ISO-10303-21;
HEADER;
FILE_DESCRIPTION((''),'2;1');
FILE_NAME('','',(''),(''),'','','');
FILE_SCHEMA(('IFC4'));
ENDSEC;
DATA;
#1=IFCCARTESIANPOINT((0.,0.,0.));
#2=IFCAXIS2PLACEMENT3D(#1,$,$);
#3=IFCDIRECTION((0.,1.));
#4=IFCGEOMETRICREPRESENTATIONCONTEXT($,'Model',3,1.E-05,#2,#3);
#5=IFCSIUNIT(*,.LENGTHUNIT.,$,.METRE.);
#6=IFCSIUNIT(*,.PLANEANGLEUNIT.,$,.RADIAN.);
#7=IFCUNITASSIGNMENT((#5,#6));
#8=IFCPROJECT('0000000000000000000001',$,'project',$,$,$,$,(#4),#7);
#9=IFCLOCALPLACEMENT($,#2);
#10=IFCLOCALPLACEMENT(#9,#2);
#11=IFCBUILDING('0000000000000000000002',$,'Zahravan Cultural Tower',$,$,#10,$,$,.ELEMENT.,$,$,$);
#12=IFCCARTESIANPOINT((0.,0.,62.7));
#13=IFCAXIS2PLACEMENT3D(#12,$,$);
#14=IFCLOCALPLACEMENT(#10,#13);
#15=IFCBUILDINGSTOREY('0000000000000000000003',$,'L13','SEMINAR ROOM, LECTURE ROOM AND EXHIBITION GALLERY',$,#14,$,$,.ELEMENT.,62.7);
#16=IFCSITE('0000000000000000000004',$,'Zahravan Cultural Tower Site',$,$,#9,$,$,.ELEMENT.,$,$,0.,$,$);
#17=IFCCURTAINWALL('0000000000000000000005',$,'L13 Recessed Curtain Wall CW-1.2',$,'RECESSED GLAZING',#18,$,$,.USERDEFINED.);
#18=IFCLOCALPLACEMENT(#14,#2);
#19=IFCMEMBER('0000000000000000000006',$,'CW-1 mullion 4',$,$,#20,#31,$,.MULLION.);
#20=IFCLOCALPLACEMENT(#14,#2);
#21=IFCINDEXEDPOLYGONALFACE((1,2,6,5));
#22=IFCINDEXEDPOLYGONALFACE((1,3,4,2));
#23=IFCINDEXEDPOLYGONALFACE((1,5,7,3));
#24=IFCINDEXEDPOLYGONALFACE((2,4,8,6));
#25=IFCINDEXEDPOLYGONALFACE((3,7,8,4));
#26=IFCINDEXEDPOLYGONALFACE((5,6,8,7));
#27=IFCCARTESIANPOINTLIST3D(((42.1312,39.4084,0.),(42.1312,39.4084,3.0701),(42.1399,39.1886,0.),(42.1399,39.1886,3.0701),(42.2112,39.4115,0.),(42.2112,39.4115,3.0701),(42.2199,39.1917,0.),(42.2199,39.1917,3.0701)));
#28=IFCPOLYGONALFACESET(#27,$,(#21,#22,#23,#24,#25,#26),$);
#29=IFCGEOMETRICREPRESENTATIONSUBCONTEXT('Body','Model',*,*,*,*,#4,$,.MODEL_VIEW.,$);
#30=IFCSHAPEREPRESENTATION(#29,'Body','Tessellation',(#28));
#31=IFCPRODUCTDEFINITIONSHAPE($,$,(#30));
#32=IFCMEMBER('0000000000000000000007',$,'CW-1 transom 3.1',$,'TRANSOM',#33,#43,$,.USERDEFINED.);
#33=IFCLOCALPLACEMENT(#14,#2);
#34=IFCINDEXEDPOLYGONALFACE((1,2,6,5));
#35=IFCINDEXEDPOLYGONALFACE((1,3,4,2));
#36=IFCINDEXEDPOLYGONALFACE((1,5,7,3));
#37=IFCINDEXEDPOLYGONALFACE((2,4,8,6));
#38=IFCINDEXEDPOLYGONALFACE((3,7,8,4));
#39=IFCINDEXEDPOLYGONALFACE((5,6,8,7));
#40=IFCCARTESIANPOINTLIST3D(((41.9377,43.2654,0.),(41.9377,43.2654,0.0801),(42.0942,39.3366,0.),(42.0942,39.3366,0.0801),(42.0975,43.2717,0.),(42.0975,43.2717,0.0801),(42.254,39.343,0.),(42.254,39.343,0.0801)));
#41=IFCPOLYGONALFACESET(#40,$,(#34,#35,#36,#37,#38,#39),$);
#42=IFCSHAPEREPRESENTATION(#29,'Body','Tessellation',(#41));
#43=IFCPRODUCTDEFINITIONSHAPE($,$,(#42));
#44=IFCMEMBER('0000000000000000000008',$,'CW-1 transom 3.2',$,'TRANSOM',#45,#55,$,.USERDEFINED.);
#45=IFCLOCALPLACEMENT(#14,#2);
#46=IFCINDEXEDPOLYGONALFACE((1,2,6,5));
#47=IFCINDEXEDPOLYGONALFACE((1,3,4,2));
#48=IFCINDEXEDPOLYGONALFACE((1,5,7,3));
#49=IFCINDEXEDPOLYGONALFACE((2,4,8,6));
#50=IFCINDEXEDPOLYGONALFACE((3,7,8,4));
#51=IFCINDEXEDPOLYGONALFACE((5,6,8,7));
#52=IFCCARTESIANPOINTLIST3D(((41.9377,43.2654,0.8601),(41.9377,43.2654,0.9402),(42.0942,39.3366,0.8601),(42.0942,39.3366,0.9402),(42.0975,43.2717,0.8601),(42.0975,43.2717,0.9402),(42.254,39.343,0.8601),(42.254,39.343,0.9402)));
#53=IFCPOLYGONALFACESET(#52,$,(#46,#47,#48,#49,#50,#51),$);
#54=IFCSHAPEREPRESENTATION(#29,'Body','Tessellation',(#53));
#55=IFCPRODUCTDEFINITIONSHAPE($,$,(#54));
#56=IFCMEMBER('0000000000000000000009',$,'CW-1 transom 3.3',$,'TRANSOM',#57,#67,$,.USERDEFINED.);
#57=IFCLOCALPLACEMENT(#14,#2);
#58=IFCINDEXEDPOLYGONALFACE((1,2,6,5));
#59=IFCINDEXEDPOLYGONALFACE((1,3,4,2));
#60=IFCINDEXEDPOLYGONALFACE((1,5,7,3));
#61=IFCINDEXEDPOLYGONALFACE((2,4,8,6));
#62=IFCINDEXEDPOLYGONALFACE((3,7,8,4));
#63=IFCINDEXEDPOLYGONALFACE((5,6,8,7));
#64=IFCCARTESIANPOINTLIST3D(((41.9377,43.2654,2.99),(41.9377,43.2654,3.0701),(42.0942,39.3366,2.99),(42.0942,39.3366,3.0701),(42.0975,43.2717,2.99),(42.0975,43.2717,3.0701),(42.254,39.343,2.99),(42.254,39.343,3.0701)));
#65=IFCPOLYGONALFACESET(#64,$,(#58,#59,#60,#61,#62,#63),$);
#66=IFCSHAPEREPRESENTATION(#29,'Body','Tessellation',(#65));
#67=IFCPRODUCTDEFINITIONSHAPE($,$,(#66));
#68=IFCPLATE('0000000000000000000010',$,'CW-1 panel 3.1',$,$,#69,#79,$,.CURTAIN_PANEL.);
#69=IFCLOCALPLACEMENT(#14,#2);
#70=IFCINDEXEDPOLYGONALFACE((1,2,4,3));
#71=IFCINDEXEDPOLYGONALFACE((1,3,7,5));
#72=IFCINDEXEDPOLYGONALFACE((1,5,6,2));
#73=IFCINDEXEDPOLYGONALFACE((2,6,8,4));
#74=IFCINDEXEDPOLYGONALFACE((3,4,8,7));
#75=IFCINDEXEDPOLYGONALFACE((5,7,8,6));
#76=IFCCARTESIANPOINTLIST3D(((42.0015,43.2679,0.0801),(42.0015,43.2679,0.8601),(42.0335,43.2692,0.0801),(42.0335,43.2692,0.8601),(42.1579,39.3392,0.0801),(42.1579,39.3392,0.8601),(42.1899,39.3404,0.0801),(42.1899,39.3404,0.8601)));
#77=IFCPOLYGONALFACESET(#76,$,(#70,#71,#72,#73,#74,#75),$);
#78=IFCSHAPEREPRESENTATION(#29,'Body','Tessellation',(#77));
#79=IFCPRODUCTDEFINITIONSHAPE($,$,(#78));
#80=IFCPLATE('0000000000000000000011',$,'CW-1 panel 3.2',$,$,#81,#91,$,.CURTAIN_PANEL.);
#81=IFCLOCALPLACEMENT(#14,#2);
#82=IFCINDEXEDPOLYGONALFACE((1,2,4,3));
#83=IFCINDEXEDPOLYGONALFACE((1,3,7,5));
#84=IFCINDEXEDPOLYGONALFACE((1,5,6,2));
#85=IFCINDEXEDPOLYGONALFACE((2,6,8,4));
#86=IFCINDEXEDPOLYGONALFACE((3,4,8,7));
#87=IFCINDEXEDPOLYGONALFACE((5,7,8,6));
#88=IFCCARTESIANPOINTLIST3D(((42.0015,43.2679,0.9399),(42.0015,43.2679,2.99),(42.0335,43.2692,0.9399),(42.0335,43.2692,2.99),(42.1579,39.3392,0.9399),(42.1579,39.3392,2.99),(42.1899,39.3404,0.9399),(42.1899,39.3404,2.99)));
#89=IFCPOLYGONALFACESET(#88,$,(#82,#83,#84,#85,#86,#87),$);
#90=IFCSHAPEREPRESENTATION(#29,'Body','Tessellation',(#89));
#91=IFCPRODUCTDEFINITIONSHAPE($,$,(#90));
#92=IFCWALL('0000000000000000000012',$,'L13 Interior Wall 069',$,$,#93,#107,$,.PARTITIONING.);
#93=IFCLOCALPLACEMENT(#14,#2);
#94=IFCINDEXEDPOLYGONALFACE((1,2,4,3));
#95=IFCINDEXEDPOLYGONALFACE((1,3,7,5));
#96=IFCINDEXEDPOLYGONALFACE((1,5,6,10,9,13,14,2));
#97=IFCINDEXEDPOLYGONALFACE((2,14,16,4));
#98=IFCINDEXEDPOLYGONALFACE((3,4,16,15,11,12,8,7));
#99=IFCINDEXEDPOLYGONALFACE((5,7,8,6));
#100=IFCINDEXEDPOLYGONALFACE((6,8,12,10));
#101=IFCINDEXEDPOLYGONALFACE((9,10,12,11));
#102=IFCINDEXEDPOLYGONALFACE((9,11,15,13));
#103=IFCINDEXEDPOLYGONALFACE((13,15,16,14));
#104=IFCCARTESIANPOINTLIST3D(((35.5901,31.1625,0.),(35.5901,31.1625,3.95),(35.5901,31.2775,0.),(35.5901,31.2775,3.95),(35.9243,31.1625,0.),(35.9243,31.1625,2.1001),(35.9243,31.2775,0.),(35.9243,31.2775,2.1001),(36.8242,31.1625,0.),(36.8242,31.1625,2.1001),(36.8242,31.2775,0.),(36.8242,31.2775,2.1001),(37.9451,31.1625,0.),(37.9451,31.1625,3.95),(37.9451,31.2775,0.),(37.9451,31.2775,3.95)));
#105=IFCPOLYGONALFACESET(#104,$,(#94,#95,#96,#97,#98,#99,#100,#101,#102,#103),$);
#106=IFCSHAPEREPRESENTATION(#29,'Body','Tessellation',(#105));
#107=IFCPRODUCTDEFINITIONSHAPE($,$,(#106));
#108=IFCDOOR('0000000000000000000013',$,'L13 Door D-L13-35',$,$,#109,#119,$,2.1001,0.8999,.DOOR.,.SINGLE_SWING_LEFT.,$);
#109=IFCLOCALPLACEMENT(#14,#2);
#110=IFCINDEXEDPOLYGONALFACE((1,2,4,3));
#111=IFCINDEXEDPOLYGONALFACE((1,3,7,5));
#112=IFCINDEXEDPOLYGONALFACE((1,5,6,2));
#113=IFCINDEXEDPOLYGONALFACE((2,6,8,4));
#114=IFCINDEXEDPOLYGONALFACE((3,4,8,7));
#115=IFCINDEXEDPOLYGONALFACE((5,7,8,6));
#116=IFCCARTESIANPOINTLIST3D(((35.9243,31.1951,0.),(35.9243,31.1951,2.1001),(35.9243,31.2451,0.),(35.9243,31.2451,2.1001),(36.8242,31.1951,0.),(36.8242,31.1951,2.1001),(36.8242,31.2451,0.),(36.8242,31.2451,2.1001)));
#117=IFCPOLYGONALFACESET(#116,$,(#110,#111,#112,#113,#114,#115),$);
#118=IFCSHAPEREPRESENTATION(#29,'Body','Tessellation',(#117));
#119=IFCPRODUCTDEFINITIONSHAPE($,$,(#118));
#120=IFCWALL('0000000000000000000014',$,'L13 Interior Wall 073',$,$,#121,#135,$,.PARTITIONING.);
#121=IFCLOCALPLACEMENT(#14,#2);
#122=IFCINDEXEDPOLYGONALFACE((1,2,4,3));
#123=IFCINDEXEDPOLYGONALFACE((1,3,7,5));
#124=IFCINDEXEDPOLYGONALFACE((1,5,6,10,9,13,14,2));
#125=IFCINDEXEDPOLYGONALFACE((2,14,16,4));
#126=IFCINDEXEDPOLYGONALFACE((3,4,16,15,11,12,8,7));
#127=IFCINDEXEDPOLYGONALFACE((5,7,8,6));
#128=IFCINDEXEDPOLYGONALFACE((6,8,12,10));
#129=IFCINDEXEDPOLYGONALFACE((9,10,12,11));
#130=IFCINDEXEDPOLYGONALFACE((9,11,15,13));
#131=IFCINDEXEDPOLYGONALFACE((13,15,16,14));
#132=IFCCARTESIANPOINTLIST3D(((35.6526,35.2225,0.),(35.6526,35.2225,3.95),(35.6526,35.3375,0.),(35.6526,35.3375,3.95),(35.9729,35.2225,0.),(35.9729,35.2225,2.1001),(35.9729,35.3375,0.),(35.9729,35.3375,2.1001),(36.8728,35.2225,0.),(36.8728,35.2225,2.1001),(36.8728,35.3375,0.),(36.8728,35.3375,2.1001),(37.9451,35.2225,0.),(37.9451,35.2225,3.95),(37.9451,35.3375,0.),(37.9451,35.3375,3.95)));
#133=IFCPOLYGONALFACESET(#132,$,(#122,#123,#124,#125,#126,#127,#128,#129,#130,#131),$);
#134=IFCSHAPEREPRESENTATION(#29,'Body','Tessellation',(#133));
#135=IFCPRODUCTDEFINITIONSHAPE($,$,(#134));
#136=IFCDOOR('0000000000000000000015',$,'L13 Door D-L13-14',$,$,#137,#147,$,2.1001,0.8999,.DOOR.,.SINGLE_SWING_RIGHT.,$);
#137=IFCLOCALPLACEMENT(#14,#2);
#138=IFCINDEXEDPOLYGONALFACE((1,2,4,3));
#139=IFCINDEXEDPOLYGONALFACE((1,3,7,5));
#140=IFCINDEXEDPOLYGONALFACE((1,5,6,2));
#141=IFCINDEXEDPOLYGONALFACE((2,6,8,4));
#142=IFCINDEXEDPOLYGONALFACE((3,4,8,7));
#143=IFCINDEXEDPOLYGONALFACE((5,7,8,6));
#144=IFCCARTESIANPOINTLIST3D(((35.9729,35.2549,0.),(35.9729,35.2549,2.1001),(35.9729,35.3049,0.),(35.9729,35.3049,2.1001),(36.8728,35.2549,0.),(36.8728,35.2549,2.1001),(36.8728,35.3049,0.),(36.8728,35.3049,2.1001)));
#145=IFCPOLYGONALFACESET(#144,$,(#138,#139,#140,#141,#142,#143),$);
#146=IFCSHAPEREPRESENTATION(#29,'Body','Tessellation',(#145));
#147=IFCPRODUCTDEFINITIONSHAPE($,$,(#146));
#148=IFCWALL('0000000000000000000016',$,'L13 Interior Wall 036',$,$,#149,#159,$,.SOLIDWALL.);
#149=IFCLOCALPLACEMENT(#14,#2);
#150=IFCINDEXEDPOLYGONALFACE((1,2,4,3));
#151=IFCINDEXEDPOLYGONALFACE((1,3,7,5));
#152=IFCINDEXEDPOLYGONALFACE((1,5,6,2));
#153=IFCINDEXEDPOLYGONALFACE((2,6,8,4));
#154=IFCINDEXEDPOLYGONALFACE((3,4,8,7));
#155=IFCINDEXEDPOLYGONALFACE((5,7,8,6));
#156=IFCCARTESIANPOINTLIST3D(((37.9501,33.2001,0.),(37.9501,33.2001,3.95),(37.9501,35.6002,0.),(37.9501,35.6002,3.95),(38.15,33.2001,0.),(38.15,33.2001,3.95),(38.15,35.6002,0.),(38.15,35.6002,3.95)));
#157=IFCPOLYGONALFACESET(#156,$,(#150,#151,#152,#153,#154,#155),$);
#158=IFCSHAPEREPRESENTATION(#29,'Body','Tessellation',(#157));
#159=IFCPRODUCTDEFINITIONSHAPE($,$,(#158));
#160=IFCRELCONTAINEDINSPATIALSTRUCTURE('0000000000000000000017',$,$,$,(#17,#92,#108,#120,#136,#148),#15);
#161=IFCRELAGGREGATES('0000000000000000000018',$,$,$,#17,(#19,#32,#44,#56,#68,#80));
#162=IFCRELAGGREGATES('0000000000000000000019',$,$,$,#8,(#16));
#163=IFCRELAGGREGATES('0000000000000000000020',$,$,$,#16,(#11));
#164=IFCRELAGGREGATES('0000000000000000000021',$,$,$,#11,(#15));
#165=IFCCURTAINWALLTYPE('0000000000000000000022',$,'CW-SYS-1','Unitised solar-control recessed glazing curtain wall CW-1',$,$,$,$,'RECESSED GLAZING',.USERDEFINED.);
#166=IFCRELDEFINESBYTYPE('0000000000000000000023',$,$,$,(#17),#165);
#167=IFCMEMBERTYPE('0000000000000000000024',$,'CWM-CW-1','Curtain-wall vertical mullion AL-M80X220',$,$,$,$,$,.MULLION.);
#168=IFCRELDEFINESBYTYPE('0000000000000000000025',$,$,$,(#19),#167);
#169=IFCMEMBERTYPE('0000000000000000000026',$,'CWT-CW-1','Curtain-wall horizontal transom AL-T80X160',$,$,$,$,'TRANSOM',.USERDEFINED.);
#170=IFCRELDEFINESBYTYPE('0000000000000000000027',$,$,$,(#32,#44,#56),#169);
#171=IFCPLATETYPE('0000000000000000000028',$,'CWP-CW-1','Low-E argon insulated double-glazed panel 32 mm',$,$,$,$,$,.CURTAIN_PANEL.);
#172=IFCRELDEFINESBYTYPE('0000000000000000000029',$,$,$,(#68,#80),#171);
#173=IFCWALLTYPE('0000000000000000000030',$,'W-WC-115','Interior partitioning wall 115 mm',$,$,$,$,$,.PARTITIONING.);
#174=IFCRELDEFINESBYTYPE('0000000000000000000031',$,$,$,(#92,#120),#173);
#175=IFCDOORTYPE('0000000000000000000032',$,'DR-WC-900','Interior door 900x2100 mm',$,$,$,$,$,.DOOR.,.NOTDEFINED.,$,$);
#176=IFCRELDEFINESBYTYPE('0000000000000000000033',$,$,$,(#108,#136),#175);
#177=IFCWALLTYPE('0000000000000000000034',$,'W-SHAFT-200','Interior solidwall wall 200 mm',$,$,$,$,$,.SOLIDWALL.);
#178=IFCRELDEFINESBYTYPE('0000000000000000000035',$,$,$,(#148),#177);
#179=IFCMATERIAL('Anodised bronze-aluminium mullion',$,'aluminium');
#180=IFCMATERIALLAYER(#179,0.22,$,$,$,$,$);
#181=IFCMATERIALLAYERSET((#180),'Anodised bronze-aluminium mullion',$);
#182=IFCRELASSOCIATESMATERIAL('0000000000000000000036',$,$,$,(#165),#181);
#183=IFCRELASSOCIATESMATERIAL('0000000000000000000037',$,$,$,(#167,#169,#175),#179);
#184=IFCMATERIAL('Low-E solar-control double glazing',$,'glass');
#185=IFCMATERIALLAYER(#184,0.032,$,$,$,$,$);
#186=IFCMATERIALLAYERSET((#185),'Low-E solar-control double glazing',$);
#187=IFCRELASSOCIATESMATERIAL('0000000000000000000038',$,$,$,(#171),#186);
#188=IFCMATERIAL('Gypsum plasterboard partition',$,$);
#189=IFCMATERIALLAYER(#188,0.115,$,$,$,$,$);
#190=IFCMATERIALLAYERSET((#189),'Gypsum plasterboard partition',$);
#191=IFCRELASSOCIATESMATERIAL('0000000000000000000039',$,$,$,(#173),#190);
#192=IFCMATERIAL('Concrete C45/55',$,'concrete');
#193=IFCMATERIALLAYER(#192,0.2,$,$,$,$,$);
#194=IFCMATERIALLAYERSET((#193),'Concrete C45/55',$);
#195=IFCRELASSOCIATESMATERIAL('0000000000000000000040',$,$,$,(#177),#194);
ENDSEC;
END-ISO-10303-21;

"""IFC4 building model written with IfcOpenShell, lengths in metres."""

from ifc_helpers import new_model, si_unit, direction, frame, frame_2d, origin, origin_2d, place, context, subcontext, project, spatial, rectangle, extrude, source, transform, mapped, material, layer, layer_set, material_profile, profile_set, type_object, element, fill, aggregate, save


model = new_model("IFC4")

# Units and contexts
model_context = context("Model", 3, precision=1e-05, world=origin(), true_north=direction((0.0, 1.0)))
body_context = subcontext(model_context, "Body", "Model", "MODEL_VIEW")
ifc_project = project(units=[si_unit("LENGTHUNIT", "METRE"), si_unit("PLANEANGLEUNIT", "RADIAN")], contexts=[model_context])

# Site, building, storey
site_placement = place(None, origin())
site = spatial("IfcSite", under=ifc_project, at=site_placement, Name="Zahravan Cultural Tower Site", CompositionType="ELEMENT", RefElevation=0.0)
building_placement = place(site_placement, origin())
building = spatial("IfcBuilding", under=site, at=building_placement, Name="Zahravan Cultural Tower", CompositionType="ELEMENT")
storey_placement = place(building_placement, frame((0.0, 0.0, 62.7)))
storey = spatial("IfcBuildingStorey", under=building, at=storey_placement, Name="L13", Description="SEMINAR ROOM, LECTURE ROOM AND EXHIBITION GALLERY", CompositionType="ELEMENT", Elevation=62.7)

# Curtain wall, members, plates
ifc_material_1 = material(Name="Anodised bronze-aluminium mullion", Category="aluminium")
ifc_layer_1 = layer(ifc_material_1, 0.22)
ifc_layer_set_1 = layer_set([ifc_layer_1], Name="Anodised bronze-aluminium mullion")
curtain_wall_type = type_object("IfcCurtainWallType", Name="CW-SYS-1", Description="Unitised solar-control recessed glazing curtain wall CW-1", ElementType="RECESSED GLAZING", PredefinedType="USERDEFINED", material=ifc_layer_set_1)
curtain_wall_placement = place(storey_placement, origin())
curtain_wall = element("IfcCurtainWall", 1, at=curtain_wall_placement, inside=storey, type_object=curtain_wall_type, Name="L13 Recessed Curtain Wall CW-1.2", ObjectType="RECESSED GLAZING", PredefinedType="USERDEFINED")
ifc_material_profile_1 = material_profile(ifc_material_1, rectangle(XDim=0.0801, YDim=0.22, at=origin_2d()), Name="AL-M80X220")
ifc_profile_set_1 = profile_set([ifc_material_profile_1], Name="Anodised bronze-aluminium mullion")
member_type_1 = type_object("IfcMemberType", Name="CWM-CW-1", Description="Curtain-wall vertical mullion AL-M80X220", PredefinedType="MULLION", material=ifc_profile_set_1)
shared_shape_1 = source(origin(), body_context, "Body", "SweptSolid", [
    extrude(rectangle(XDim=0.0801, YDim=0.22, at=origin_2d()), origin(), (0.0, 0.0, 1.0), 3.0701),
])
member_1_placement = place(storey_placement, frame((42.1755, 39.3, 0.0), z_axis=(0.0, 0.0, 1.0), x_axis=(0.999208, 0.039785, 0.0)))
member_1 = element("IfcMember", 2, at=member_1_placement, type_object=member_type_1, Name="CW-1 mullion 4", PredefinedType="MULLION", context=body_context, shape_type="MappedRepresentation", body=[
    mapped(shared_shape_1, transform((0.0, 0.0, 0.0), x_axis=(1.0, 0.0, 0.0), y_axis=(0.0, 1.0, 0.0), z_axis=(0.0, 0.0, 1.0), scale=1.0)),
])
ifc_material_profile_2 = material_profile(ifc_material_1, rectangle(XDim=0.1599, YDim=0.0801, at=origin_2d()), Name="AL-T80X160")
ifc_profile_set_2 = profile_set([ifc_material_profile_2], Name="Anodised bronze-aluminium mullion")
member_type_2 = type_object("IfcMemberType", Name="CWT-CW-1", Description="Curtain-wall horizontal transom AL-T80X160", ElementType="TRANSOM", PredefinedType="USERDEFINED", material=ifc_profile_set_2)
shared_shape_2 = source(origin(), body_context, "Body", "SweptSolid", [
    extrude(rectangle(XDim=0.1599, YDim=0.0801, at=origin_2d()), origin(), (0.0, 0.0, 1.0), 3.9319),
])
member_2_placement = place(storey_placement, frame((42.0176, 43.2686, 0.04), z_axis=(0.039802, -0.999208, 0.0), x_axis=(0.999208, 0.039802, 0.0)))
member_2 = element("IfcMember", 3, at=member_2_placement, type_object=member_type_2, Name="CW-1 transom 3.1", ObjectType="TRANSOM", PredefinedType="USERDEFINED", context=body_context, shape_type="MappedRepresentation", body=[
    mapped(shared_shape_2, transform((0.0, 0.0, 0.0), x_axis=(1.0, 0.0, 0.0), y_axis=(0.0, 1.0, 0.0), z_axis=(0.0, 0.0, 1.0), scale=1.0)),
])
member_3_placement = place(storey_placement, frame((42.0176, 43.2686, 0.9001), z_axis=(0.039802, -0.999208, 0.0), x_axis=(0.999208, 0.039802, 0.0)))
member_3 = element("IfcMember", 4, at=member_3_placement, type_object=member_type_2, Name="CW-1 transom 3.2", ObjectType="TRANSOM", PredefinedType="USERDEFINED", context=body_context, shape_type="MappedRepresentation", body=[
    mapped(shared_shape_2, transform((0.0, 0.0, 0.0), x_axis=(1.0, 0.0, 0.0), y_axis=(0.0, 1.0, 0.0), z_axis=(0.0, 0.0, 1.0), scale=1.0)),
])
member_4_placement = place(storey_placement, frame((42.0176, 43.2686, 3.03), z_axis=(0.039802, -0.999208, 0.0), x_axis=(0.999208, 0.039802, 0.0)))
member_4 = element("IfcMember", 5, at=member_4_placement, type_object=member_type_2, Name="CW-1 transom 3.3", ObjectType="TRANSOM", PredefinedType="USERDEFINED", context=body_context, shape_type="MappedRepresentation", body=[
    mapped(shared_shape_2, transform((0.0, 0.0, 0.0), x_axis=(1.0, 0.0, 0.0), y_axis=(0.0, 1.0, 0.0), z_axis=(0.0, 0.0, 1.0), scale=1.0)),
])
ifc_material_2 = material(Name="Low-E solar-control double glazing", Category="glass")
ifc_layer_2 = layer(ifc_material_2, 0.032)
ifc_layer_set_2 = layer_set([ifc_layer_2], Name="Low-E solar-control double glazing")
plate_type = type_object("IfcPlateType", Name="CWP-CW-1", Description="Low-E argon insulated double-glazed panel 32 mm", PredefinedType="CURTAIN_PANEL", material=ifc_layer_set_2)
shared_shape_3 = source(origin(), body_context, "Body", "SweptSolid", [
    extrude(rectangle(XDim=3.9319, YDim=0.032, at=origin_2d()), origin(), (0.0, 0.0, 1.0), 0.78),
])
plate_1_placement = place(storey_placement, frame((42.0957, 41.3042, 0.0801), z_axis=(0.0, 0.0, 1.0), x_axis=(0.039785, -0.999208, 0.0)))
plate_1 = element("IfcPlate", 6, at=plate_1_placement, type_object=plate_type, Name="CW-1 panel 3.1", PredefinedType="CURTAIN_PANEL", context=body_context, shape_type="MappedRepresentation", body=[
    mapped(shared_shape_3, transform((0.0, 0.0, 0.0), x_axis=(1.0, 0.0, 0.0), y_axis=(0.0, 1.0, 0.0), z_axis=(0.0, 0.0, 1.0), scale=1.0)),
])
shared_shape_4 = source(origin(), body_context, "Body", "SweptSolid", [
    extrude(rectangle(XDim=3.9319, YDim=0.032, at=origin_2d()), origin(), (0.0, 0.0, 1.0), 2.05),
])
plate_2_placement = place(storey_placement, frame((42.0957, 41.3042, 0.9399), z_axis=(0.0, 0.0, 1.0), x_axis=(0.039785, -0.999208, 0.0)))
plate_2 = element("IfcPlate", 7, at=plate_2_placement, type_object=plate_type, Name="CW-1 panel 3.2", PredefinedType="CURTAIN_PANEL", context=body_context, shape_type="MappedRepresentation", body=[
    mapped(shared_shape_4, transform((0.0, 0.0, 0.0), x_axis=(1.0, 0.0, 0.0), y_axis=(0.0, 1.0, 0.0), z_axis=(0.0, 0.0, 1.0), scale=1.0)),
])
aggregate(curtain_wall, [member_1, member_2, member_3, member_4, plate_1, plate_2])

# Walls, openings, doors
ifc_material_3 = material(Name="Gypsum plasterboard partition")
ifc_layer_3 = layer(ifc_material_3, 0.115)
ifc_layer_set_3 = layer_set([ifc_layer_3], Name="Gypsum plasterboard partition")
wall_type_1 = type_object("IfcWallType", Name="W-WC-115", Description="Interior partitioning wall 115 mm", PredefinedType="PARTITIONING", material=ifc_layer_set_3)
wall_1_placement = place(storey_placement, frame((37.9451, 31.22, 0.0), z_axis=(0.0, 0.0, 1.0), x_axis=(-1.0, 0.0, 0.0)))
wall_1 = element("IfcWall", 8, at=wall_1_placement, inside=storey, type_object=wall_type_1, Name="L13 Interior Wall 069", PredefinedType="PARTITIONING", context=body_context, shape_type="SweptSolid", body=[
    extrude(rectangle(XDim=2.355, YDim=0.115, at=frame_2d((1.1775, 0.0))), origin(), (0.0, 0.0, 1.0), 3.95),
])
opening_1_placement = place(wall_1_placement, frame((1.1208, 0.0, 0.0)))
opening_1 = element("IfcOpeningElement", 9, at=opening_1_placement, cuts=wall_1, PredefinedType="OPENING", context=body_context, shape_type="SweptSolid", body=[
    extrude(rectangle(XDim=0.8999, YDim=2.1001, at=frame_2d((0.45, 1.05))), frame((0.0, 0.0674, 0.0), z_axis=(0.0, -1.0, 0.0), x_axis=(1.0, 0.0, 0.0)), (0.0, 0.0, 1.0), 0.135),
])
door_type_1 = type_object("IfcDoorType", Name="DR-WC-900", Description="Interior door 900x2100 mm", OperationType="NOTDEFINED", PredefinedType="DOOR", material=ifc_material_1)
shared_shape_5 = source(origin(), body_context, "Body", "SweptSolid", [
    extrude(rectangle(XDim=0.8999, YDim=2.1001, at=frame_2d((0.45, 1.05))), frame((0.0, 0.0249, 0.0), z_axis=(0.0, -1.0, 0.0), x_axis=(1.0, 0.0, 0.0)), (0.0, 0.0, 1.0), 0.05),
])
door_1_placement = place(opening_1_placement, origin())
door_1 = element("IfcDoor", 10, at=door_1_placement, inside=storey, type_object=door_type_1, Name="L13 Door D-L13-35", OperationType="SINGLE_SWING_LEFT", OverallHeight=2.1001, OverallWidth=0.8999, PredefinedType="DOOR", context=body_context, shape_type="MappedRepresentation", body=[
    mapped(shared_shape_5, transform((0.0, 0.0, 0.0), x_axis=(1.0, 0.0, 0.0), y_axis=(0.0, 1.0, 0.0), z_axis=(0.0, 0.0, 1.0), scale=1.0)),
])
fill(opening_1, door_1)
wall_2_placement = place(storey_placement, frame((35.6526, 35.28, 0.0), z_axis=(0.0, 0.0, 1.0), x_axis=(1.0, 0.0, 0.0)))
wall_2 = element("IfcWall", 11, at=wall_2_placement, inside=storey, type_object=wall_type_1, Name="L13 Interior Wall 073", PredefinedType="PARTITIONING", context=body_context, shape_type="SweptSolid", body=[
    extrude(rectangle(XDim=2.2925, YDim=0.115, at=frame_2d((1.1462, 0.0))), origin(), (0.0, 0.0, 1.0), 3.95),
])
opening_2_placement = place(wall_2_placement, frame((0.3203, 0.0, 0.0)))
opening_2 = element("IfcOpeningElement", 12, at=opening_2_placement, cuts=wall_2, PredefinedType="OPENING", context=body_context, shape_type="SweptSolid", body=[
    extrude(rectangle(XDim=0.8999, YDim=2.1001, at=frame_2d((0.45, 1.05))), frame((0.0, 0.0674, 0.0), z_axis=(0.0, -1.0, 0.0), x_axis=(1.0, 0.0, 0.0)), (0.0, 0.0, 1.0), 0.135),
])
door_2_placement = place(opening_2_placement, origin())
door_2 = element("IfcDoor", 13, at=door_2_placement, inside=storey, type_object=door_type_1, Name="L13 Door D-L13-14", OperationType="SINGLE_SWING_RIGHT", OverallHeight=2.1001, OverallWidth=0.8999, PredefinedType="DOOR", context=body_context, shape_type="MappedRepresentation", body=[
    mapped(shared_shape_5, transform((0.0, 0.0, 0.0), x_axis=(1.0, 0.0, 0.0), y_axis=(0.0, 1.0, 0.0), z_axis=(0.0, 0.0, 1.0), scale=1.0)),
])
fill(opening_2, door_2)

# Wall
ifc_material_4 = material(Name="Concrete C45/55", Category="concrete")
ifc_layer_4 = layer(ifc_material_4, 0.2)
ifc_layer_set_4 = layer_set([ifc_layer_4], Name="Concrete C45/55")
wall_type_2 = type_object("IfcWallType", Name="W-SHAFT-200", Description="Interior solidwall wall 200 mm", PredefinedType="SOLIDWALL", material=ifc_layer_set_4)
shared_shape_6 = source(origin(), body_context, "Body", "SweptSolid", [
    extrude(rectangle(XDim=2.4001, YDim=0.2, at=frame_2d((1.2002, 0.0))), origin(), (0.0, 0.0, 1.0), 3.95),
])
for number, where, z_axis, x_axis, name in (
    (14, (38.05, 33.2, 0.0), (0.0, 0.0, 1.0), (0.0, 1.0, 0.0), "L13 Interior Wall 036"),
):
    element("IfcWall", number, at=place(storey_placement, frame(where, z_axis=z_axis, x_axis=x_axis)), inside=storey, type_object=wall_type_2, Name=name, PredefinedType="SOLIDWALL", context=body_context, shape_type="MappedRepresentation", body=[
        mapped(shared_shape_6, transform((0.0, 0.0, 0.0), x_axis=(1.0, 0.0, 0.0), y_axis=(0.0, 1.0, 0.0), z_axis=(0.0, 0.0, 1.0), scale=1.0)),
    ])

save(model, "model.ifc")
